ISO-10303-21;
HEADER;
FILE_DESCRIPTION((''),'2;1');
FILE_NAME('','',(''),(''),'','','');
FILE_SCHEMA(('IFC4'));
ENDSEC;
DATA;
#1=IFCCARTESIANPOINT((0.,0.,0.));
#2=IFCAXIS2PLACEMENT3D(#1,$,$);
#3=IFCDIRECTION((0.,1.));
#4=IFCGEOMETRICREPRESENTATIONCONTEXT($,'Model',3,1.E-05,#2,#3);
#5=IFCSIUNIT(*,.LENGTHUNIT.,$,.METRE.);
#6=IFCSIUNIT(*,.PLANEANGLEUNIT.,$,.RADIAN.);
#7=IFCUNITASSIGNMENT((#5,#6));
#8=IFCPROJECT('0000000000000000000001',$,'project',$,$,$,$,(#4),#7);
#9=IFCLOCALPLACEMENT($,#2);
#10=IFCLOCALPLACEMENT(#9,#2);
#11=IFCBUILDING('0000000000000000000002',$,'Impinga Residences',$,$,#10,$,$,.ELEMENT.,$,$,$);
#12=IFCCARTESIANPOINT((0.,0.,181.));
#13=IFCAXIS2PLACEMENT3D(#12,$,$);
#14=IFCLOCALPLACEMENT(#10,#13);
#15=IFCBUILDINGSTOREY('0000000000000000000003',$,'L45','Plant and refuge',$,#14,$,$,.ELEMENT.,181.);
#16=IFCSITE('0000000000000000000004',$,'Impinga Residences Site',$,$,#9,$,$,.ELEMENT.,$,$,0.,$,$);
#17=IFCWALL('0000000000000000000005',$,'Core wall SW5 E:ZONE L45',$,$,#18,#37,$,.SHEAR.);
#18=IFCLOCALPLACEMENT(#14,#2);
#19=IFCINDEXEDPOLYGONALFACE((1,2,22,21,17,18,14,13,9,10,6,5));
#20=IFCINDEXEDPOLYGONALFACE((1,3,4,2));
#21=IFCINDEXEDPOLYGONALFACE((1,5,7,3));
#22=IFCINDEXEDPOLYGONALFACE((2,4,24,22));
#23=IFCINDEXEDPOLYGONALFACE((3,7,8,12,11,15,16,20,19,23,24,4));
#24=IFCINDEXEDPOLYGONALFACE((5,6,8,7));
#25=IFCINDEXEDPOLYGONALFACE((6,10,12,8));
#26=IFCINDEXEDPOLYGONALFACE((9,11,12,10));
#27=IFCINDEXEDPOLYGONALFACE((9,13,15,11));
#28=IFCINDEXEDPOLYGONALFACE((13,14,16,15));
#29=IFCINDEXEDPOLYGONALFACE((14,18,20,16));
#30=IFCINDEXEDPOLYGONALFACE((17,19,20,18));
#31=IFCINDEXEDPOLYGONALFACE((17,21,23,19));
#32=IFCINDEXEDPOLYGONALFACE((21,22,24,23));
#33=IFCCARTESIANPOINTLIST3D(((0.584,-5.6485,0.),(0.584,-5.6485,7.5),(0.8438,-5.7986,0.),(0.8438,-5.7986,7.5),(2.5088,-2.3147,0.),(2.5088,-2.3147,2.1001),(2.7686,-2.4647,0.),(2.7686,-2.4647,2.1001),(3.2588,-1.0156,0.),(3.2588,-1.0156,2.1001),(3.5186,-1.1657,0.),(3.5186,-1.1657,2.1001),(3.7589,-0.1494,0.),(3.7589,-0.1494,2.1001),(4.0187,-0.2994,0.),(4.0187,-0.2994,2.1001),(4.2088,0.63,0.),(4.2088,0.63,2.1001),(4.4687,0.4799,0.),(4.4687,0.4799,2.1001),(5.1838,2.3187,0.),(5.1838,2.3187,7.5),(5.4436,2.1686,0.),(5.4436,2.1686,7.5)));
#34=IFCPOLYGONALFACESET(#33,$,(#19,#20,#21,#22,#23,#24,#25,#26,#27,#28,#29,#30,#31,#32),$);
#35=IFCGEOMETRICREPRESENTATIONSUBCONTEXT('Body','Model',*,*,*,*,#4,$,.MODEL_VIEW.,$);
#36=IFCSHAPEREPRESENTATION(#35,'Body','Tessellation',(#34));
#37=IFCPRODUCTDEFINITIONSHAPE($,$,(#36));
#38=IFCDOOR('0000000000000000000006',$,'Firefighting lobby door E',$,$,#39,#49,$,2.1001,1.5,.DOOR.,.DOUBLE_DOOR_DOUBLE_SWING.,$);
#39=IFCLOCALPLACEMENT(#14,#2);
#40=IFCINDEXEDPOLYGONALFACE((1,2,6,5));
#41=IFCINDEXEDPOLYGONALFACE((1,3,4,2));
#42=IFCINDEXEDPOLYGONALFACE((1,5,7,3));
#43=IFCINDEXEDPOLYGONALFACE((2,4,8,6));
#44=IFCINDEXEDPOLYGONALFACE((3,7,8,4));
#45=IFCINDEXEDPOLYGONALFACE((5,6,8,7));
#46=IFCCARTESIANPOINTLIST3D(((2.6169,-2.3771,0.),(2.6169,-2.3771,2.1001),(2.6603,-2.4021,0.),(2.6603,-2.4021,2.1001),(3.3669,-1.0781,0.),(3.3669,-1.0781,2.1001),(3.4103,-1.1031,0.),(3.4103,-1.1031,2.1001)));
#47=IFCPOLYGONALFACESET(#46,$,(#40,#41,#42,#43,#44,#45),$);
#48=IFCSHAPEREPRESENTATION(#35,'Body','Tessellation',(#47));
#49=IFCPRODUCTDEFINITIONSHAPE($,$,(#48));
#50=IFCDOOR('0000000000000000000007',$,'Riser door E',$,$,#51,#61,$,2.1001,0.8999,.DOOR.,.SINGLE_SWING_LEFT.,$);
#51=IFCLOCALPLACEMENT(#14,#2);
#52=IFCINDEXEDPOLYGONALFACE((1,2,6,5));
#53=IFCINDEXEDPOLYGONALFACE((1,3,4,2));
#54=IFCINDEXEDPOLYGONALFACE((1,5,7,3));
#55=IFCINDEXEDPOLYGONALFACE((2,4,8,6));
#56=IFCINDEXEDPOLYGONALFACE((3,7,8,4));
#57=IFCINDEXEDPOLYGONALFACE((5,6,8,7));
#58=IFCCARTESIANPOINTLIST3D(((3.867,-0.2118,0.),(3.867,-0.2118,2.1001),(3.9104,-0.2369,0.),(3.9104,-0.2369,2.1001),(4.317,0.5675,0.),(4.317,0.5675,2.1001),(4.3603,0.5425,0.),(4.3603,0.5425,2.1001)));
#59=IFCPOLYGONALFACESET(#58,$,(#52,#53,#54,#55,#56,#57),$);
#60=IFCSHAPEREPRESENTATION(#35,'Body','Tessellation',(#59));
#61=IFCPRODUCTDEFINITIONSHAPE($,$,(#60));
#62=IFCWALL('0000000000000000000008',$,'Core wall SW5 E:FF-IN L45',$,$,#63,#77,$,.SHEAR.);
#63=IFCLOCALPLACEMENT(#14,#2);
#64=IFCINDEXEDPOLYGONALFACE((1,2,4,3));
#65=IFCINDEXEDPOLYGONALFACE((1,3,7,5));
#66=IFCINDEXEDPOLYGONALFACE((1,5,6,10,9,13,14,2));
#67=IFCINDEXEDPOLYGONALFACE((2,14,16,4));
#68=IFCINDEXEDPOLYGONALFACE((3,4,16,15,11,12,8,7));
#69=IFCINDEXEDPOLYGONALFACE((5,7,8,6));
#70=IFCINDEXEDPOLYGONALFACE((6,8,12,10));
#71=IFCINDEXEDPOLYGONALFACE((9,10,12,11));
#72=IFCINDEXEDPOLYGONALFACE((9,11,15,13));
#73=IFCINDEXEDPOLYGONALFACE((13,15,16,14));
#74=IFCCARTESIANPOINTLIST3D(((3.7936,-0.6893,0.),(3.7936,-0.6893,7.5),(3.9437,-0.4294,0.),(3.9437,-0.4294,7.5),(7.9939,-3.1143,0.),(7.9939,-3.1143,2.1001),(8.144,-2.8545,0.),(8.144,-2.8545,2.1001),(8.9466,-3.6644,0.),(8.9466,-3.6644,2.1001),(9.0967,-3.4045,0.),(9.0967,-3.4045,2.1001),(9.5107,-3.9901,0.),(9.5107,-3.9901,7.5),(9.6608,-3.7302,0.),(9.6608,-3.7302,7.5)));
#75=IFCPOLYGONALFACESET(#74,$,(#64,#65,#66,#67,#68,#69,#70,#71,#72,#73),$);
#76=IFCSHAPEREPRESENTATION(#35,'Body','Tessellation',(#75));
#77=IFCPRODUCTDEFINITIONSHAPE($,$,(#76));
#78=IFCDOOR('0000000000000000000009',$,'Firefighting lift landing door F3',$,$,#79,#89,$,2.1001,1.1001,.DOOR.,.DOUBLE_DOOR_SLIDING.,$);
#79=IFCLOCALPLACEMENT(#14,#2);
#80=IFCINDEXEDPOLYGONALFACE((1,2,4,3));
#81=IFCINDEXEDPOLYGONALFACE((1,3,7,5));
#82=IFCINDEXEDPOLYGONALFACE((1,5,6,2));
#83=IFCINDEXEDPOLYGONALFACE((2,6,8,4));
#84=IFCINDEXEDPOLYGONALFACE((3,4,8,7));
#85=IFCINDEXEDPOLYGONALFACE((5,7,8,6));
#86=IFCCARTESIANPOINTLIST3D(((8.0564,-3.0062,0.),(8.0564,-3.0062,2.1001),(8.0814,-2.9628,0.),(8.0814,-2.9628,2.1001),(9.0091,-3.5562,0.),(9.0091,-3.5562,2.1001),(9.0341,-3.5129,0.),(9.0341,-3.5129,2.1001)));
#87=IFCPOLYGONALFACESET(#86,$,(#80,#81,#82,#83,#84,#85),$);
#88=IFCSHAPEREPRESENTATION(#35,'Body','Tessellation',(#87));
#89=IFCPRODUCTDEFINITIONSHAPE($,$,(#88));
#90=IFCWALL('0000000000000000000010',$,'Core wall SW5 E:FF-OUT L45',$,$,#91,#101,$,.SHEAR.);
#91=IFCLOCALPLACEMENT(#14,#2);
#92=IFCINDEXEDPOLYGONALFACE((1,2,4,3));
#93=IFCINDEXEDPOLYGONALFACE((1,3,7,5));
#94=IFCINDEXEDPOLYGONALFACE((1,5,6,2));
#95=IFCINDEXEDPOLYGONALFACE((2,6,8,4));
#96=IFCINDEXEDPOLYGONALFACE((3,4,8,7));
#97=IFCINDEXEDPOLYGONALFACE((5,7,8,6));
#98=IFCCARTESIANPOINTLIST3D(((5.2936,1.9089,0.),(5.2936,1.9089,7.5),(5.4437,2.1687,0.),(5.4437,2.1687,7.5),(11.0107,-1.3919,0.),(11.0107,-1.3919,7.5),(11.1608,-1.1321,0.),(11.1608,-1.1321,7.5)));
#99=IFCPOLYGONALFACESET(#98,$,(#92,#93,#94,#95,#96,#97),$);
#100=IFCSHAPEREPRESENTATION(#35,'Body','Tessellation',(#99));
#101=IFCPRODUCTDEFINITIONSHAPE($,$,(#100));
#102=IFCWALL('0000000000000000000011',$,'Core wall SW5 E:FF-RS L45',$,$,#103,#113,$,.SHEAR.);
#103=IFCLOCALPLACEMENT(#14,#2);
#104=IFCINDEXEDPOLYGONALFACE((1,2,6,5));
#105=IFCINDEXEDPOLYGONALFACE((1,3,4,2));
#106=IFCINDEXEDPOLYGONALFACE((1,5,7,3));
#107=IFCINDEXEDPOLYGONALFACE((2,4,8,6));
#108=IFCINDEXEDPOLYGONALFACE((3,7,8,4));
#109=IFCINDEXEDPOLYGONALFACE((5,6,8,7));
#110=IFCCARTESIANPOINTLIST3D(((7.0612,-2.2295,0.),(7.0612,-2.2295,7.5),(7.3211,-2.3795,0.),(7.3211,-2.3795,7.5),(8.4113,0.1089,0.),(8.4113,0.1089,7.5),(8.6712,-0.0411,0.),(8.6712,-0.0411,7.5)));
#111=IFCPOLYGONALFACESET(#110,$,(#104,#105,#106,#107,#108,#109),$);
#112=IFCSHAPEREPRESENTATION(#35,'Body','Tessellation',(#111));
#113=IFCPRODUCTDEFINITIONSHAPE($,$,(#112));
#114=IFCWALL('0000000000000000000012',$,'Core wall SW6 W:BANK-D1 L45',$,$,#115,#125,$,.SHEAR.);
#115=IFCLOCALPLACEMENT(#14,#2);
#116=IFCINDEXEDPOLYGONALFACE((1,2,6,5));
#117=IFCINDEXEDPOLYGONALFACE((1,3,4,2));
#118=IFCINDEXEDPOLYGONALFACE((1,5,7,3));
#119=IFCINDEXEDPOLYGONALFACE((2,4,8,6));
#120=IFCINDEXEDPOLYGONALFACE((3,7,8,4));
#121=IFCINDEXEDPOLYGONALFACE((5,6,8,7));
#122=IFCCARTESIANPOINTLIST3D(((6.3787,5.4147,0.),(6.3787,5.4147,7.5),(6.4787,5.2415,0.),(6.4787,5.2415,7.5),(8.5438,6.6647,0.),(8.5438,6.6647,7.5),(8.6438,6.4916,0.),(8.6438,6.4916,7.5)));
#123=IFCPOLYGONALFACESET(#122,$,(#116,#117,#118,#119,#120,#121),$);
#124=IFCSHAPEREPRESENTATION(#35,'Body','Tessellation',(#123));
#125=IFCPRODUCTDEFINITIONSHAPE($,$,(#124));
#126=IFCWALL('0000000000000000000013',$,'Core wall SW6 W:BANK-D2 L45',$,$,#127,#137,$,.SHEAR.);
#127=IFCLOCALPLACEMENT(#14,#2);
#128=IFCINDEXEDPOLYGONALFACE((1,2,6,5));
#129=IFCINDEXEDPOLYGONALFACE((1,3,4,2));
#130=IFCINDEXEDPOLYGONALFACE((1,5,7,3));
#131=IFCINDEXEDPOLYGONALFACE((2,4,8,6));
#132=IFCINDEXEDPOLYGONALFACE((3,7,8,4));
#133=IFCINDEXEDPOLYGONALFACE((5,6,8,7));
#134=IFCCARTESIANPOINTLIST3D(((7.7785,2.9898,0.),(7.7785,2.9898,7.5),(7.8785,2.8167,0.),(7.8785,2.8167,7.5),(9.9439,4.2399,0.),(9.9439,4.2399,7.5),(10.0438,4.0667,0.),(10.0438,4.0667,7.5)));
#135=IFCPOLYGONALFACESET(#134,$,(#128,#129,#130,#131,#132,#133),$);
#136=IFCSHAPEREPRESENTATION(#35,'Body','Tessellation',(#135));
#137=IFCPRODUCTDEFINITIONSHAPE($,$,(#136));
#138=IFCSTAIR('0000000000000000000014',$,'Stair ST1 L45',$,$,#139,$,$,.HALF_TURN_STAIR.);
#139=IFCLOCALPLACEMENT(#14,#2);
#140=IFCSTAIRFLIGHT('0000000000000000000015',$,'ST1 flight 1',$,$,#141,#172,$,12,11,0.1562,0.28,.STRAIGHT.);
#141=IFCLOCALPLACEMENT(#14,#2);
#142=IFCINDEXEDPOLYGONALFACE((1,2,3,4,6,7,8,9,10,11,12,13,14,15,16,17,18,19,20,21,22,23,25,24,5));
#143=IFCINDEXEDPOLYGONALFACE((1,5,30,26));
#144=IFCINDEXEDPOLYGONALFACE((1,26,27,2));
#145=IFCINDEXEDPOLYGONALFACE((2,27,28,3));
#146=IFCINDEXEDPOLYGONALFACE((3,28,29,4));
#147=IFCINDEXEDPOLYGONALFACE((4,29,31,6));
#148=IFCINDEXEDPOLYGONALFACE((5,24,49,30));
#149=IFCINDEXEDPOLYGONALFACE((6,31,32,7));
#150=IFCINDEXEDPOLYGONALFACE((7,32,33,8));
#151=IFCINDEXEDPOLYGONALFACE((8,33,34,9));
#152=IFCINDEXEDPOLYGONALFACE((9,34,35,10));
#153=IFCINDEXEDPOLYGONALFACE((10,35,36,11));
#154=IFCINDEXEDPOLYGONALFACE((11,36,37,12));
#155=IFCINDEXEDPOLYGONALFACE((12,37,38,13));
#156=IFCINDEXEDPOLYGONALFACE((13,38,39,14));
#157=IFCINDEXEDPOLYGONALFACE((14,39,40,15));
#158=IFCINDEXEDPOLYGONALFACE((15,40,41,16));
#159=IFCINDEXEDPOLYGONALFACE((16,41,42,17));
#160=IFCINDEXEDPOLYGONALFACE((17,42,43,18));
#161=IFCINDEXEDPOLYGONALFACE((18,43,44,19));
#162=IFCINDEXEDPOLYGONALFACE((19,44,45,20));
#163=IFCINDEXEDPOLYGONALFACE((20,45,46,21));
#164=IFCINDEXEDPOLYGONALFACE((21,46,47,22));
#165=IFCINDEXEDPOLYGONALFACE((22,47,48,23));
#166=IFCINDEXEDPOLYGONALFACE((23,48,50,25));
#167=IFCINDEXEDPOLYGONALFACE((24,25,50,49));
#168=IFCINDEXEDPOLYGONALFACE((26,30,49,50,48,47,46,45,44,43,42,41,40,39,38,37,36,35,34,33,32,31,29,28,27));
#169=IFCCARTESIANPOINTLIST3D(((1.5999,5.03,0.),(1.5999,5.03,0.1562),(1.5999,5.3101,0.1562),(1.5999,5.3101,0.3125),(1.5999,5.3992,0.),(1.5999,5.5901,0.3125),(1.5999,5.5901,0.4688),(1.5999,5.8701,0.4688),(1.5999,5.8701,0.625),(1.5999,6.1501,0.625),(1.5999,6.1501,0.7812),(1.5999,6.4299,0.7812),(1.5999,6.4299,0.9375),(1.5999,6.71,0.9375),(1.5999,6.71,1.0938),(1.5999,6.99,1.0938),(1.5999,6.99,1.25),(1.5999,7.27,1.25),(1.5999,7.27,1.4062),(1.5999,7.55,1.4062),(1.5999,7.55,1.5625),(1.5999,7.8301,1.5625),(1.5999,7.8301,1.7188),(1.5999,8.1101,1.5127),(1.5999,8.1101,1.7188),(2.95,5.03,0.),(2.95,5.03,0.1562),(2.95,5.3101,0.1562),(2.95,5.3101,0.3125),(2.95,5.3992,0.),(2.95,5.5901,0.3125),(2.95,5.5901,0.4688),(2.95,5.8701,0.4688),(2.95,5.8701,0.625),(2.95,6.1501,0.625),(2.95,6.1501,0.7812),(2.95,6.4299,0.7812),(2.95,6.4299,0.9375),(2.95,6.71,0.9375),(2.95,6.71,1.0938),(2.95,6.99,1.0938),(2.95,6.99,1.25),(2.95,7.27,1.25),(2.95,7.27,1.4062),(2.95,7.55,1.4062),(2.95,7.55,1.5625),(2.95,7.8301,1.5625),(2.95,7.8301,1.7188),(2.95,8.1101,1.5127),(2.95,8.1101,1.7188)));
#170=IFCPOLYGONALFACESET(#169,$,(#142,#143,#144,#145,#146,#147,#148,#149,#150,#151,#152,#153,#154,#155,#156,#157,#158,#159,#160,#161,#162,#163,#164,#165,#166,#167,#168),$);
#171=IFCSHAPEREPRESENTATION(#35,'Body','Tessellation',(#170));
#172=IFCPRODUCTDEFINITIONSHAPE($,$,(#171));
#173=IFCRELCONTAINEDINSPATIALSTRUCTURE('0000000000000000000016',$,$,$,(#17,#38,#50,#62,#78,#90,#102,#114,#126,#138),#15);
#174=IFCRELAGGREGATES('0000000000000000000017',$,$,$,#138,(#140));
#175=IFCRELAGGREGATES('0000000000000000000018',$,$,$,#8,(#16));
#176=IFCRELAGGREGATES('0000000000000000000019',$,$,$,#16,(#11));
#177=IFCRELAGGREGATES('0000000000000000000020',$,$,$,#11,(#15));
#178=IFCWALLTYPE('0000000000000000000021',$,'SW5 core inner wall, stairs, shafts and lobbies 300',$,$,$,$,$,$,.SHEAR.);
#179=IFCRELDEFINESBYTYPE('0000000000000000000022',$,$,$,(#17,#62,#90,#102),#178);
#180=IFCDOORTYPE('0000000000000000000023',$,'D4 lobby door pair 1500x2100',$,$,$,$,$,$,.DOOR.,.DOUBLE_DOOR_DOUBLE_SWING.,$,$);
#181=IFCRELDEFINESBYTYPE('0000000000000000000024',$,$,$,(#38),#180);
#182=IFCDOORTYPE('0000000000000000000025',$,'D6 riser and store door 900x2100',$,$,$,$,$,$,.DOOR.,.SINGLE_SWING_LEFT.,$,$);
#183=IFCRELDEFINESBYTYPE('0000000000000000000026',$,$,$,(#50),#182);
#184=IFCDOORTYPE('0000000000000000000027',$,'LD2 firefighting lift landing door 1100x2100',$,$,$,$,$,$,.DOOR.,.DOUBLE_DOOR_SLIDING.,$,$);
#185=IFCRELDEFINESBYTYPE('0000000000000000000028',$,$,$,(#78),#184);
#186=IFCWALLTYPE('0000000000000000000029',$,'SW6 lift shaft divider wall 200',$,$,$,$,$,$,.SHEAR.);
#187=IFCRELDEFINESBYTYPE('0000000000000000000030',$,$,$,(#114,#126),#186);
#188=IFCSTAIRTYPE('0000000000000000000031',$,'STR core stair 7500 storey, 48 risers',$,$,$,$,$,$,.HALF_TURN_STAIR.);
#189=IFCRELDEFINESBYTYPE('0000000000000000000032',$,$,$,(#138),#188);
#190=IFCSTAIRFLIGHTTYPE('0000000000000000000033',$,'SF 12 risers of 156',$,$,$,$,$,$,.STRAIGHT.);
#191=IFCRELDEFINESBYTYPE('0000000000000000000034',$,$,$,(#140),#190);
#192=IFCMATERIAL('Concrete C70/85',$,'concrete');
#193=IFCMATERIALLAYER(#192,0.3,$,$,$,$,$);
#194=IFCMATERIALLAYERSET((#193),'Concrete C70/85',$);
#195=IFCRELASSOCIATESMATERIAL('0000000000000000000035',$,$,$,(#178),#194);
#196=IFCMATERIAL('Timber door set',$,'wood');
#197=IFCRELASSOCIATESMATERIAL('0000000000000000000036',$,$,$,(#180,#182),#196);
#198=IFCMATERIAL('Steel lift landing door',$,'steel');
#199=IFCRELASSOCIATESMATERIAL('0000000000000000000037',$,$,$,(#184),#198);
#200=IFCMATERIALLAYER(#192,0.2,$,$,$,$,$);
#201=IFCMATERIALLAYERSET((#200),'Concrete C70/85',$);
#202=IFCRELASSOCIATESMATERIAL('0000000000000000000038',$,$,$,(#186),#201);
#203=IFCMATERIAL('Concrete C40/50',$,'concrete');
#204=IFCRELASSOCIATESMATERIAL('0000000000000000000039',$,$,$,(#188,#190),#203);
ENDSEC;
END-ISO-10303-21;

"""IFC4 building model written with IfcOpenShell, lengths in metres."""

from ifc_helpers import new_model, si_unit, direction, frame, frame_2d, origin, place, context, subcontext, project, spatial, polyline, rectangle, outline, extrude, material, layer, layer_set, type_object, element, fill, aggregate, save


model = new_model("IFC4")

# Units and contexts
model_context = context("Model", 3, precision=1e-05, world=origin(), true_north=direction((0.0, 1.0)))
body_context = subcontext(model_context, "Body", "Model", "MODEL_VIEW")
ifc_project = project(units=[si_unit("LENGTHUNIT", "METRE"), si_unit("PLANEANGLEUNIT", "RADIAN")], contexts=[model_context])

# Site, building, storey
site_placement = place(None, origin())
site = spatial("IfcSite", under=ifc_project, at=site_placement, Name="Impinga Residences Site", CompositionType="ELEMENT", RefElevation=0.0)
building_placement = place(site_placement, origin())
building = spatial("IfcBuilding", under=site, at=building_placement, Name="Impinga Residences", CompositionType="ELEMENT")
storey_placement = place(building_placement, frame((0.0, 0.0, 181.0)))
storey = spatial("IfcBuildingStorey", under=building, at=storey_placement, Name="L45", Description="Plant and refuge", CompositionType="ELEMENT", Elevation=181.0)

# Shared definitions
ifc_material_1 = material(Name="Concrete C40/50", Category="concrete")

# Shared definitions
ifc_material_2 = material(Name="Concrete C70/85", Category="concrete")
ifc_layer_1 = layer(ifc_material_2, 0.3)
ifc_layer_set_1 = layer_set([ifc_layer_1], Name="Concrete C70/85")
wall_type_1 = type_object("IfcWallType", Name="SW5 core inner wall, stairs, shafts and lobbies 300", PredefinedType="SHEAR", material=ifc_layer_set_1)
ifc_material_3 = material(Name="Timber door set", Category="wood")

# Wall, openings, doors
wall_1_placement = place(storey_placement, frame((5.3137, 2.2437, 0.0), z_axis=(0.0, 0.0, 1.0), x_axis=(-0.499995, -0.866028, 0.0)))
wall_1 = element("IfcWall", 1, at=wall_1_placement, inside=storey, type_object=wall_type_1, Name="Core wall SW5 E:ZONE L45", PredefinedType="SHEAR", context=body_context, shape_type="SweptSolid", body=[
    extrude(rectangle(XDim=9.1997, YDim=0.3, at=frame_2d((4.5999, 0.0))), origin(), (0.0, 0.0, 1.0), 7.5),
])
opening_1_placement = place(wall_1_placement, frame((3.8501, 0.0, 0.0)))
opening_1 = element("IfcOpeningElement", 2, at=opening_1_placement, cuts=wall_1, PredefinedType="OPENING", context=body_context, shape_type="SweptSolid", body=[
    extrude(rectangle(XDim=1.5, YDim=2.1001, at=frame_2d((0.75, 1.05))), frame((0.0, 0.1599, 0.0), z_axis=(0.0, -1.0, 0.0), x_axis=(1.0, 0.0, 0.0)), (0.0, 0.0, 1.0), 0.3201),
])
opening_2_placement = place(wall_1_placement, frame((1.95, 0.0, 0.0)))
opening_2 = element("IfcOpeningElement", 3, at=opening_2_placement, cuts=wall_1, PredefinedType="OPENING", context=body_context, shape_type="SweptSolid", body=[
    extrude(rectangle(XDim=0.8999, YDim=2.1001, at=frame_2d((0.45, 1.05))), frame((0.0, 0.1599, 0.0), z_axis=(0.0, -1.0, 0.0), x_axis=(1.0, 0.0, 0.0)), (0.0, 0.0, 1.0), 0.3201),
])
door_type_1 = type_object("IfcDoorType", Name="D4 lobby door pair 1500x2100", OperationType="DOUBLE_DOOR_DOUBLE_SWING", PredefinedType="DOOR", material=ifc_material_3)
door_1_placement = place(opening_1_placement, origin())
door_1 = element("IfcDoor", 4, at=door_1_placement, inside=storey, type_object=door_type_1, Name="Firefighting lobby door E", OperationType="DOUBLE_DOOR_DOUBLE_SWING", OverallHeight=2.1001, OverallWidth=1.5, PredefinedType="DOOR", context=body_context, shape_type="SweptSolid", body=[
    extrude(rectangle(XDim=1.5, YDim=2.1001, at=frame_2d((0.75, 1.05))), frame((0.0, 0.0249, 0.0), z_axis=(0.0, -1.0, 0.0), x_axis=(1.0, 0.0, 0.0)), (0.0, 0.0, 1.0), 0.05),
])
fill(opening_1, door_1)
door_type_2 = type_object("IfcDoorType", Name="D6 riser and store door 900x2100", OperationType="SINGLE_SWING_LEFT", PredefinedType="DOOR", material=ifc_material_3)
door_2_placement = place(opening_2_placement, origin())
door_2 = element("IfcDoor", 5, at=door_2_placement, inside=storey, type_object=door_type_2, Name="Riser door E", OperationType="SINGLE_SWING_LEFT", OverallHeight=2.1001, OverallWidth=0.8999, PredefinedType="DOOR", context=body_context, shape_type="SweptSolid", body=[
    extrude(rectangle(XDim=0.8999, YDim=2.1001, at=frame_2d((0.45, 1.05))), frame((0.0, 0.0249, 0.0), z_axis=(0.0, -1.0, 0.0), x_axis=(1.0, 0.0, 0.0)), (0.0, 0.0, 1.0), 0.05),
])
fill(opening_2, door_2)

# Wall, opening, door
wall_2_placement = place(storey_placement, frame((3.8687, -0.5593, 0.0), z_axis=(0.0, 0.0, 1.0), x_axis=(0.866022, -0.500005, 0.0)))
wall_2 = element("IfcWall", 6, at=wall_2_placement, inside=storey, type_object=wall_type_1, Name="Core wall SW5 E:FF-IN L45", PredefinedType="SHEAR", context=body_context, shape_type="SweptSolid", body=[
    extrude(rectangle(XDim=6.6016, YDim=0.3, at=frame_2d((3.3008, 0.0))), origin(), (0.0, 0.0, 1.0), 7.5),
])
opening_3_placement = place(wall_2_placement, frame((4.8501, 0.0, 0.0)))
opening_3 = element("IfcOpeningElement", 7, at=opening_3_placement, cuts=wall_2, PredefinedType="OPENING", context=body_context, shape_type="SweptSolid", body=[
    extrude(rectangle(XDim=1.1001, YDim=2.1001, at=frame_2d((0.55, 1.05))), frame((0.0, 0.1599, 0.0), z_axis=(0.0, -1.0, 0.0), x_axis=(1.0, 0.0, 0.0)), (0.0, 0.0, 1.0), 0.3201),
])
ifc_material_4 = material(Name="Steel lift landing door", Category="steel")
door_type_3 = type_object("IfcDoorType", Name="LD2 firefighting lift landing door 1100x2100", OperationType="DOUBLE_DOOR_SLIDING", PredefinedType="DOOR", material=ifc_material_4)
door_3_placement = place(opening_3_placement, origin())
door_3 = element("IfcDoor", 8, at=door_3_placement, inside=storey, type_object=door_type_3, Name="Firefighting lift landing door F3", OperationType="DOUBLE_DOOR_SLIDING", OverallHeight=2.1001, OverallWidth=1.1001, PredefinedType="DOOR", context=body_context, shape_type="SweptSolid", body=[
    extrude(rectangle(XDim=1.1001, YDim=2.1001, at=frame_2d((0.55, 1.05))), frame((0.0, 0.0249, 0.0), z_axis=(0.0, -1.0, 0.0), x_axis=(1.0, 0.0, 0.0)), (0.0, 0.0, 1.0), 0.05),
])
fill(opening_3, door_3)

# Walls
wall_3_placement = place(storey_placement, frame((5.3687, 2.0388, 0.0), z_axis=(0.0, 0.0, 1.0), x_axis=(0.866022, -0.500005, 0.0)))
element("IfcWall", 9, at=wall_3_placement, inside=storey, type_object=wall_type_1, Name="Core wall SW5 E:FF-OUT L45", PredefinedType="SHEAR", context=body_context, shape_type="SweptSolid", body=[
    extrude(rectangle(XDim=6.6016, YDim=0.3, at=frame_2d((3.3008, 0.0))), origin(), (0.0, 0.0, 1.0), 7.5),
])
wall_4_placement = place(storey_placement, frame((8.5413, 0.0339, 0.0), z_axis=(0.0, 0.0, 1.0), x_axis=(-0.500009, -0.86602, 0.0)))
element("IfcWall", 10, at=wall_4_placement, inside=storey, type_object=wall_type_1, Name="Core wall SW5 E:FF-RS L45", PredefinedType="SHEAR", context=body_context, shape_type="SweptSolid", body=[
    extrude(rectangle(XDim=2.7002, YDim=0.3, at=frame_2d((1.3501, 0.0))), origin(), (0.0, 0.0, 1.0), 7.5),
])
ifc_layer_2 = layer(ifc_material_2, 0.2)
ifc_layer_set_2 = layer_set([ifc_layer_2], Name="Concrete C70/85")
wall_type_2 = type_object("IfcWallType", Name="SW6 lift shaft divider wall 200", PredefinedType="SHEAR", material=ifc_layer_set_2)
wall_5_placement = place(storey_placement, frame((6.4287, 5.3281, 0.0), z_axis=(0.0, 0.0, 1.0), x_axis=(0.866023, 0.500004, 0.0)))
element("IfcWall", 11, at=wall_5_placement, inside=storey, type_object=wall_type_2, Name="Core wall SW6 W:BANK-D1 L45", PredefinedType="SHEAR", context=body_context, shape_type="SweptSolid", body=[
    extrude(rectangle(XDim=2.5, YDim=0.2, at=frame_2d((1.25, 0.0))), origin(), (0.0, 0.0, 1.0), 7.5),
])
wall_6_placement = place(storey_placement, frame((7.8286, 2.9033, 0.0), z_axis=(0.0, 0.0, 1.0), x_axis=(0.866047, 0.499962, 0.0)))
element("IfcWall", 12, at=wall_6_placement, inside=storey, type_object=wall_type_2, Name="Core wall SW6 W:BANK-D2 L45", PredefinedType="SHEAR", context=body_context, shape_type="SweptSolid", body=[
    extrude(rectangle(XDim=2.5002, YDim=0.2, at=frame_2d((1.25, 0.0))), origin(), (0.0, 0.0, 1.0), 7.5),
])

# Stair, stair flight
stair_type_1 = type_object("IfcStairType", Name="STR core stair 7500 storey, 48 risers", PredefinedType="HALF_TURN_STAIR", material=ifc_material_1)
stair_1_placement = place(storey_placement, origin())
stair_1 = element("IfcStair", 13, at=stair_1_placement, inside=storey, type_object=stair_type_1, Name="Stair ST1 L45", PredefinedType="HALF_TURN_STAIR")
stair_flight_type = type_object("IfcStairFlightType", Name="SF 12 risers of 156", PredefinedType="STRAIGHT", material=ifc_material_1)
stair_flight_1_placement = place(storey_placement, frame((2.2749, 5.03, 0.0), z_axis=(0.0, 0.0, 1.0), x_axis=(0.0, 1.0, 0.0)))
stair_flight_1 = element("IfcStairFlight", 14, at=stair_flight_1_placement, type_object=stair_flight_type, Name="ST1 flight 1", NumberOfRisers=12, NumberOfTreads=11, PredefinedType="STRAIGHT", RiserHeight=0.1562, TreadLength=0.28, context=body_context, shape_type="SweptSolid", body=[
    extrude(outline(polyline([(0.0, 0.0), (0.0, 0.1562), (0.28, 0.1562), (0.28, 0.3125), (0.5601, 0.3125), (0.5601, 0.4688), (0.8401, 0.4688), (0.8401, 0.625), (1.1201, 0.625), (1.1201, 0.7812), (1.3999, 0.7812), (1.3999, 0.9375), (1.6799, 0.9375), (1.6799, 1.0938), (1.96, 1.0938), (1.96, 1.25), (2.24, 1.25), (2.24, 1.4062), (2.52, 1.4062), (2.52, 1.5625), (2.8, 1.5625), (2.8, 1.7188), (3.0801, 1.7188), (3.0801, 1.875), (3.0801, 1.5127), (0.3691, 0.0), (0.0, 0.0)])), frame((0.0, 0.675, 0.0), z_axis=(0.0, -1.0, 0.0), x_axis=(1.0, 0.0, 0.0)), (0.0, 0.0, 1.0), 1.3501),
])
aggregate(stair_1, [stair_flight_1])

save(model, "model.ifc")
